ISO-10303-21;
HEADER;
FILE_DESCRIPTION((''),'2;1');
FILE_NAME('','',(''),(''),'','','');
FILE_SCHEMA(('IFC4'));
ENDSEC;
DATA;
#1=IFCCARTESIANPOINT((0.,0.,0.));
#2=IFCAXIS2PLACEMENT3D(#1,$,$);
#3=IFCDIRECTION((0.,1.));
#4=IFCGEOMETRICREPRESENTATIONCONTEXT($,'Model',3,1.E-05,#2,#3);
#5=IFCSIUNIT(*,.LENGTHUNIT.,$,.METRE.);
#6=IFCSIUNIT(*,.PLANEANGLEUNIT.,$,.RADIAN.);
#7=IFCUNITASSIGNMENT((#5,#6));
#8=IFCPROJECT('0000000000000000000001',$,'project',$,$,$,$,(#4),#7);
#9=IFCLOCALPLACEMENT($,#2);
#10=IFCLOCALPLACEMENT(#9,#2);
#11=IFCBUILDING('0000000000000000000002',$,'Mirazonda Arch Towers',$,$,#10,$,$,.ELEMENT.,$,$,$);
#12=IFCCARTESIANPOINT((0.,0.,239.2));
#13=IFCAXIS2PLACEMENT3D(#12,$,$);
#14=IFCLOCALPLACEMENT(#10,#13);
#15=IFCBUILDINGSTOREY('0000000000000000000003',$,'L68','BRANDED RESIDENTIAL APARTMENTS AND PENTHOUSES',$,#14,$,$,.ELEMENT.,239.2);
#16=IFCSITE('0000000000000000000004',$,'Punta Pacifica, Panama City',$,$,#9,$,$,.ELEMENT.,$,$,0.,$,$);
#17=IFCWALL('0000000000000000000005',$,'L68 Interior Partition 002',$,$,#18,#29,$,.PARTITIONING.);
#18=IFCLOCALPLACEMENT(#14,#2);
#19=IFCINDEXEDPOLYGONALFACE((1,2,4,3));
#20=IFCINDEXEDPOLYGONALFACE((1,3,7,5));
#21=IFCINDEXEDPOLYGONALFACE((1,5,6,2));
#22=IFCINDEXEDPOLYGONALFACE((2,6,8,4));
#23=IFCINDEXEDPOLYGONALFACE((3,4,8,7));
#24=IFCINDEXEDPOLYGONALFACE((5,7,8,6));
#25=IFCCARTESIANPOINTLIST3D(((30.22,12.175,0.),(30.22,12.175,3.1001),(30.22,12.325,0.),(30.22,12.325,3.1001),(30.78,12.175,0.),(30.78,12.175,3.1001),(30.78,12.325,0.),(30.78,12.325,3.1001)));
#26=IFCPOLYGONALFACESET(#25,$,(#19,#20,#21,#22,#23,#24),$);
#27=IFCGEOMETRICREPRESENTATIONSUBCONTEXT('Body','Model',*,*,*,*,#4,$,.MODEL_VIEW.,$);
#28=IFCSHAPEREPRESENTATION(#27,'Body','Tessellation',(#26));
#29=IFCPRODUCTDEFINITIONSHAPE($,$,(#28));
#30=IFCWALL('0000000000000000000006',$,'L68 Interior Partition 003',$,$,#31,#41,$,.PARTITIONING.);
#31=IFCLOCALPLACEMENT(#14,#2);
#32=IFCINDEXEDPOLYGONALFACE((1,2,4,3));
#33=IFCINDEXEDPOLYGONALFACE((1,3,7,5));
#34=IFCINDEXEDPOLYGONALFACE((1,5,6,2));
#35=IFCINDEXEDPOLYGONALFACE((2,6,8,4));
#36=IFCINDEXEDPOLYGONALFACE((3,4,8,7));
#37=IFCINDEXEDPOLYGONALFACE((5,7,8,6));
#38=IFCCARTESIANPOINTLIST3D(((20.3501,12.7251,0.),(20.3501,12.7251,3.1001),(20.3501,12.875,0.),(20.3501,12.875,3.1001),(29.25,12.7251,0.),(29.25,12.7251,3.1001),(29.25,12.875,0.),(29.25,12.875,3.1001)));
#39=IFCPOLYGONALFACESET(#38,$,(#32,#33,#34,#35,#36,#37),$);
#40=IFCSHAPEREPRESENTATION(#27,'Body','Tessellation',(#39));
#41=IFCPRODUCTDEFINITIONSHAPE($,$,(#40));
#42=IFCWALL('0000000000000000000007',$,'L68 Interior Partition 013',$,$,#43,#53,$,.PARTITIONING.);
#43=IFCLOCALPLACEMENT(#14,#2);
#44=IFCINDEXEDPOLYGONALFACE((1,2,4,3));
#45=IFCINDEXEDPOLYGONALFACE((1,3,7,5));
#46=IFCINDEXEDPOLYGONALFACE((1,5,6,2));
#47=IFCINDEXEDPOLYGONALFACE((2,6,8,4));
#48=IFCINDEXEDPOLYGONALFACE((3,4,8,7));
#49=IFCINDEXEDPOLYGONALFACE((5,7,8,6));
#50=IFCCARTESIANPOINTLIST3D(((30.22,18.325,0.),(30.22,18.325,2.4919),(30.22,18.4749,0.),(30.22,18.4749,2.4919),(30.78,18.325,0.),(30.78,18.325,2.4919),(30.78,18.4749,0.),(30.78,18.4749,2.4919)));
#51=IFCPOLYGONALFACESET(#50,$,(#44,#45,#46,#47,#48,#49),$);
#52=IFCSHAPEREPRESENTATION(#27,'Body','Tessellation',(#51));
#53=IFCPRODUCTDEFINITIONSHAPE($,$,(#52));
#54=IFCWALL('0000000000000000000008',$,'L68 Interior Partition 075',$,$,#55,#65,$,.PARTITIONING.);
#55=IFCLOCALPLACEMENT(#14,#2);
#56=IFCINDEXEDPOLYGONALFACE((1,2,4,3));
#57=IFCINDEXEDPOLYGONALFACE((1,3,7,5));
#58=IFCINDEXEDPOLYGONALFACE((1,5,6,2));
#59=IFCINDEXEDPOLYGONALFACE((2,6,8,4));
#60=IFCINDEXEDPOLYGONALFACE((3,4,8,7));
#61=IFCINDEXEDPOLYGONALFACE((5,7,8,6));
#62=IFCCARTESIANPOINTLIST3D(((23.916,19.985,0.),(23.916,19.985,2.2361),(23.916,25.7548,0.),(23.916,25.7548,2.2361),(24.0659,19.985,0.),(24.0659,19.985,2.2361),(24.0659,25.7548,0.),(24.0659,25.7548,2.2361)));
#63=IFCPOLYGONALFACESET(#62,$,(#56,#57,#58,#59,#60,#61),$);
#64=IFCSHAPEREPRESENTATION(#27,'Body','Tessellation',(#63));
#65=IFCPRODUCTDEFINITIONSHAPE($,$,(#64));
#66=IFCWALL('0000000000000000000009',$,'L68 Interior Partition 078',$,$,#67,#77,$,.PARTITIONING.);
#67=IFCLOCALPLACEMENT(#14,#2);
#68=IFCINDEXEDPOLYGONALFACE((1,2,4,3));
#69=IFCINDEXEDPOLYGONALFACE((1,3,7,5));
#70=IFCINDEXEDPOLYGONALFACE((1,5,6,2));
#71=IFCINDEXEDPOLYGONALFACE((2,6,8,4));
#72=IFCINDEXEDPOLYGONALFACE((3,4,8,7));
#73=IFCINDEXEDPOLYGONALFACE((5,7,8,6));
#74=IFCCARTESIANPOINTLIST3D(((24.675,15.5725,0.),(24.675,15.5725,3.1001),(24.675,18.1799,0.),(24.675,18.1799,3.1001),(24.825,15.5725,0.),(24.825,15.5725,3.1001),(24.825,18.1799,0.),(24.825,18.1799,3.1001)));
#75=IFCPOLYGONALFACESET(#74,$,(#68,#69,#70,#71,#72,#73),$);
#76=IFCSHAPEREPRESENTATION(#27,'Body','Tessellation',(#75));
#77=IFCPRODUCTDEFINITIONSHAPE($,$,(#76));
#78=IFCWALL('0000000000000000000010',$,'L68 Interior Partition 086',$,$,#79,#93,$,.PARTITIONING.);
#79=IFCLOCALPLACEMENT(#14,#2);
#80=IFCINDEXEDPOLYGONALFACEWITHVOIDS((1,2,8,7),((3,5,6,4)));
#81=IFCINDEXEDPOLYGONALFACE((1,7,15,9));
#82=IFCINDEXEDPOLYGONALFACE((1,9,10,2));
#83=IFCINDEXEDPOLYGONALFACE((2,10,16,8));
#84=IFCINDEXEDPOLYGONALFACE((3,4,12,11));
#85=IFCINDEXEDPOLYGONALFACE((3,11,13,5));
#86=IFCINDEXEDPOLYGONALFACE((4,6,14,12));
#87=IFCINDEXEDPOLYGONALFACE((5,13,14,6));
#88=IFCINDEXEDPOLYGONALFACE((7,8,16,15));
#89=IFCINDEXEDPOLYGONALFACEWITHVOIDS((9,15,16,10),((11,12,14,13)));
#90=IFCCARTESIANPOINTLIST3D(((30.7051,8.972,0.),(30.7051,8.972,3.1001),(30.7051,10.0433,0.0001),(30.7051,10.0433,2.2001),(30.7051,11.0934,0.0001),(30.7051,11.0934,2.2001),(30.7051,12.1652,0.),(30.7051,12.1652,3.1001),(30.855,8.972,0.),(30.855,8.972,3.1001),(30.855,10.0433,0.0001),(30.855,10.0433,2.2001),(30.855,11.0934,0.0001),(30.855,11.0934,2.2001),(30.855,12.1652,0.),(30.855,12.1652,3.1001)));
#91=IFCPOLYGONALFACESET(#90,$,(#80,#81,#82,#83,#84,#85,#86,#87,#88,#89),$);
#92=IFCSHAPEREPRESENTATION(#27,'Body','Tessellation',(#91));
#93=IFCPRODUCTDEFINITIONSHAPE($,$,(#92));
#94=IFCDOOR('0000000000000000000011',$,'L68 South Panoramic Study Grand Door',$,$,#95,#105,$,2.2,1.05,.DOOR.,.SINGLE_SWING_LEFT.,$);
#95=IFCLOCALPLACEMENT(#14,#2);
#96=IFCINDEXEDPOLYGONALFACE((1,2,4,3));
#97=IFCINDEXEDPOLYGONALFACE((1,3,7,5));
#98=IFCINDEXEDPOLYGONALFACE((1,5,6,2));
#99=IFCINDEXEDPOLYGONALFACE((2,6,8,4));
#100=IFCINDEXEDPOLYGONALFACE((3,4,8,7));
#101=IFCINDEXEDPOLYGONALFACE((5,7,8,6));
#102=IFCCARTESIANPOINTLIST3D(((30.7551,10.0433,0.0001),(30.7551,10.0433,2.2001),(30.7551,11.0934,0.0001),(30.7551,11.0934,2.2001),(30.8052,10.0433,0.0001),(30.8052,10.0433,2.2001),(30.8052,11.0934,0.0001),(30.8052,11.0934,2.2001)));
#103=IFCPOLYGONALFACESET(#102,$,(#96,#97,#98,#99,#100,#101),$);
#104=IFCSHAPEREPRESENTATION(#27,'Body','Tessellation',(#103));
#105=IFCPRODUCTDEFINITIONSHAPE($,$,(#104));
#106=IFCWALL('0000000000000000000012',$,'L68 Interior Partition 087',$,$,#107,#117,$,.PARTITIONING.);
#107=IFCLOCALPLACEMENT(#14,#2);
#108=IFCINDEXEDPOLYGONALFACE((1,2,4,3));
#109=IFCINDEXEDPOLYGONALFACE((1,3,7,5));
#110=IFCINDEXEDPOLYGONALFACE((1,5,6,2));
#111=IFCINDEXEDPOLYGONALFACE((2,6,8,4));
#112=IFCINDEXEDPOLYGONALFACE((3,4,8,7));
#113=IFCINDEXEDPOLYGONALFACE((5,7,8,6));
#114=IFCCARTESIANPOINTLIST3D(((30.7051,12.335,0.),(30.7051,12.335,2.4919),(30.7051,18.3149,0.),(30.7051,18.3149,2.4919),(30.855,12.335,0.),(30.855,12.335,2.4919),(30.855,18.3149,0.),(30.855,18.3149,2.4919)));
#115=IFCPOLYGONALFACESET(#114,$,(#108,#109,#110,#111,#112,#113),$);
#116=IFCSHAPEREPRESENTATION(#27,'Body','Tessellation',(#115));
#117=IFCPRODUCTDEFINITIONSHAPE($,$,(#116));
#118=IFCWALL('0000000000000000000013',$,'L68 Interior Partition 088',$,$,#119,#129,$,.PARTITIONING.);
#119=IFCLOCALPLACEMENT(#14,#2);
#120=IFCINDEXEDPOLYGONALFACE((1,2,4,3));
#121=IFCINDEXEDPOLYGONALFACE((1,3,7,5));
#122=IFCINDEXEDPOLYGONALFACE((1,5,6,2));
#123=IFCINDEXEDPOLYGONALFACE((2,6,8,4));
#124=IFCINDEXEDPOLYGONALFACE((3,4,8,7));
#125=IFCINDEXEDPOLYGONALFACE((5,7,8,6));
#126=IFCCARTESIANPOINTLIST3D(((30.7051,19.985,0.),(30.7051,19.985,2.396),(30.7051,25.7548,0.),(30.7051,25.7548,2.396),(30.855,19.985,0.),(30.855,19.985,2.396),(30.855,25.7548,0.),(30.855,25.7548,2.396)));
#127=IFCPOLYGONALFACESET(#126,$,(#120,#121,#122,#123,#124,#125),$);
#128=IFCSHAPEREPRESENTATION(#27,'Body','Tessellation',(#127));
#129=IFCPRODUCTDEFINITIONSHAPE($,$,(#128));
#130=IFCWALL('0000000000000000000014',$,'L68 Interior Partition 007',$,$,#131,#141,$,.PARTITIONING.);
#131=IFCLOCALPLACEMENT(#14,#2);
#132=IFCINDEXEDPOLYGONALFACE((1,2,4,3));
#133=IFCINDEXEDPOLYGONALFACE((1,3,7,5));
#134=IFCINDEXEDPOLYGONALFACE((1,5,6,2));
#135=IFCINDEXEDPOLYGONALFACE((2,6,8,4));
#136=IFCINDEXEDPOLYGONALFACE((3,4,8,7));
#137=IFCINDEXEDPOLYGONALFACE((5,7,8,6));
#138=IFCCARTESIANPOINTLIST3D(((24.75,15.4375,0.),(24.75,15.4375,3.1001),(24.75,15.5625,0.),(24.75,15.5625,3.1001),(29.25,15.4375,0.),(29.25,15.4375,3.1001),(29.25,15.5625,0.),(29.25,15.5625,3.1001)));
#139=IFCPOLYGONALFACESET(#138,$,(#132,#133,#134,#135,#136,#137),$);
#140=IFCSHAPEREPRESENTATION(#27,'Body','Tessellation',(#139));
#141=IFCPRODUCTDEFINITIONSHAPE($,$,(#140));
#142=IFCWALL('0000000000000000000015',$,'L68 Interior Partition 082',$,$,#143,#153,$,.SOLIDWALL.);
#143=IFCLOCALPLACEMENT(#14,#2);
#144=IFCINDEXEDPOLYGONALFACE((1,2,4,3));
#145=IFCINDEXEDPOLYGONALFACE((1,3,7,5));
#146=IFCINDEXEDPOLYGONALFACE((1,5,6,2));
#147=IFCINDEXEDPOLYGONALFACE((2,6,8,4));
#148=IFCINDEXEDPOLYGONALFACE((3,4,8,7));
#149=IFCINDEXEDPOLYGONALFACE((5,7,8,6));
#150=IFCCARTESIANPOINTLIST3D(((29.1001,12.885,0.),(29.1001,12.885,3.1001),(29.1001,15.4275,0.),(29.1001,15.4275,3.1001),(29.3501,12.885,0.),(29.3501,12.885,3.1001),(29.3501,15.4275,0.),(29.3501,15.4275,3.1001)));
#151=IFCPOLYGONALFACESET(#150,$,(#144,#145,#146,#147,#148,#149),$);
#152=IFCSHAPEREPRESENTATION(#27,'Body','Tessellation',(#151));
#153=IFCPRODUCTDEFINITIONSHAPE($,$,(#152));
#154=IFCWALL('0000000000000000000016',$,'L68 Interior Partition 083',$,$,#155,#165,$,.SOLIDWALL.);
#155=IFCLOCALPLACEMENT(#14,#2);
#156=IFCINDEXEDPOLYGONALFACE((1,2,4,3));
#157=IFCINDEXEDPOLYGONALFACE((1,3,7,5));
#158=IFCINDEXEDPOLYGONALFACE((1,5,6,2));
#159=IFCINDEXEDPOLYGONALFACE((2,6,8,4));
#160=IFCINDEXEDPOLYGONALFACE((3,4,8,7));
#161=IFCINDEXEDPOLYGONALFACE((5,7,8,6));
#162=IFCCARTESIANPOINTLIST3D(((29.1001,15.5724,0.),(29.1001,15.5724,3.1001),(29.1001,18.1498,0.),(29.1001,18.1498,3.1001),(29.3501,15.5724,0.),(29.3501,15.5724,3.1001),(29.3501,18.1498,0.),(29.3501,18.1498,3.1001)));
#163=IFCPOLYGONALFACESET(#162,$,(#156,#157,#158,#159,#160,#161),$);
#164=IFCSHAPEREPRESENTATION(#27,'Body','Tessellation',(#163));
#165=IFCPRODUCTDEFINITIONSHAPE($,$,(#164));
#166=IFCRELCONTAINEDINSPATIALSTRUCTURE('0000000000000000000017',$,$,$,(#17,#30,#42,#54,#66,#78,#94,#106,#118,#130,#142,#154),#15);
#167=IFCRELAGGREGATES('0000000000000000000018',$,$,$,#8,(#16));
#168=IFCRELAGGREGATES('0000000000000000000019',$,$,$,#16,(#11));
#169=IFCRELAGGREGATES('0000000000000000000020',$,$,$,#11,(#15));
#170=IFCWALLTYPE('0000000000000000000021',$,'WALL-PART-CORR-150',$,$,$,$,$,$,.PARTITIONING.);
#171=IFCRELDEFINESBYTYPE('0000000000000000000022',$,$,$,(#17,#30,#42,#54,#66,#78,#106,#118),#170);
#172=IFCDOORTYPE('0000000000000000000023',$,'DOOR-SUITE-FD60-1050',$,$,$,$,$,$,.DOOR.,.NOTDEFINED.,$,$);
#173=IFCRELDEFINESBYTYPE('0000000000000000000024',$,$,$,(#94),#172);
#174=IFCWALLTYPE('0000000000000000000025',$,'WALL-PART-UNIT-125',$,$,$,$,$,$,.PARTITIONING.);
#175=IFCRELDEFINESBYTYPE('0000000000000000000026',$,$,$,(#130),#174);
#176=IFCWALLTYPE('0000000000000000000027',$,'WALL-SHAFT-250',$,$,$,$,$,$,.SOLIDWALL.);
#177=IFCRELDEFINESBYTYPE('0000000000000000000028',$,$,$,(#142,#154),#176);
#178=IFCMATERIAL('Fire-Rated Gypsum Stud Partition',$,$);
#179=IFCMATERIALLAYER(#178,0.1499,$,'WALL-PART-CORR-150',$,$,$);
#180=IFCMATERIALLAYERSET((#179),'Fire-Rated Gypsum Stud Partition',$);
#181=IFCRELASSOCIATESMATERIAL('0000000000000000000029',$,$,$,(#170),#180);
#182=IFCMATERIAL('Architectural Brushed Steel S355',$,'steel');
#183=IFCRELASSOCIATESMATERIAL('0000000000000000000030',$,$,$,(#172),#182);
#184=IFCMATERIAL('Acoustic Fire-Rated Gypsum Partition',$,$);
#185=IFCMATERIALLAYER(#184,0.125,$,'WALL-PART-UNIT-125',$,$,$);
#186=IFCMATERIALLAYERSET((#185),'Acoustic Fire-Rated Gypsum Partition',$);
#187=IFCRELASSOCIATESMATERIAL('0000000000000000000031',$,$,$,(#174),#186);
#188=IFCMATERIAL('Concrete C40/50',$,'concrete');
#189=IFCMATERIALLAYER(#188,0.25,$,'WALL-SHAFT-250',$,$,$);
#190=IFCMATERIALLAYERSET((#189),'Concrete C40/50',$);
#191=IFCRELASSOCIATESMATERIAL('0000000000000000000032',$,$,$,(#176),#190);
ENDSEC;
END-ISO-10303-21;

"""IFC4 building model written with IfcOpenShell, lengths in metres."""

from ifc_helpers import new_model, si_unit, direction, frame, frame_2d, origin, place, context, subcontext, project, spatial, rectangle, extrude, material, layer, layer_set, type_object, element, fill, save


model = new_model("IFC4")

# Units and contexts
model_context = context("Model", 3, precision=1e-05, world=origin(), true_north=direction((0.0, 1.0)))
body_context = subcontext(model_context, "Body", "Model", "MODEL_VIEW")
ifc_project = project(units=[si_unit("LENGTHUNIT", "METRE"), si_unit("PLANEANGLEUNIT", "RADIAN")], contexts=[model_context])

# Site, building, storey
site_placement = place(None, origin())
site = spatial("IfcSite", under=ifc_project, at=site_placement, Name="Punta Pacifica, Panama City", CompositionType="ELEMENT", RefElevation=0.0)
building_placement = place(site_placement, origin())
building = spatial("IfcBuilding", under=site, at=building_placement, Name="Mirazonda Arch Towers", CompositionType="ELEMENT")
storey_placement = place(building_placement, frame((0.0, 0.0, 239.2)))
storey = spatial("IfcBuildingStorey", under=building, at=storey_placement, Name="L68", Description="BRANDED RESIDENTIAL APARTMENTS AND PENTHOUSES", CompositionType="ELEMENT", Elevation=239.2)

# Walls
ifc_material_1 = material(Name="Concrete C40/50", Category="concrete")
ifc_material_2 = material(Name="Fire-Rated Gypsum Stud Partition")
ifc_layer_1 = layer(ifc_material_2, 0.1499, Name="WALL-PART-CORR-150")
ifc_layer_set_1 = layer_set([ifc_layer_1], Name="Fire-Rated Gypsum Stud Partition")
wall_type_1 = type_object("IfcWallType", Name="WALL-PART-CORR-150", PredefinedType="PARTITIONING", material=ifc_layer_set_1)
wall_1_placement = place(storey_placement, frame((30.22, 12.25, 0.0), z_axis=(0.0, 0.0, 1.0), x_axis=(1.0, 0.0, 0.0)))
element("IfcWall", 1, at=wall_1_placement, inside=storey, type_object=wall_type_1, Name="L68 Interior Partition 002", PredefinedType="PARTITIONING", context=body_context, shape_type="SweptSolid", body=[
    extrude(rectangle(XDim=0.5601, YDim=0.1499, at=frame_2d((0.28, 0.0))), origin(), (0.0, 0.0, 1.0), 3.1001),
])
wall_2_placement = place(storey_placement, frame((20.3501, 12.8, 0.0), z_axis=(0.0, 0.0, 1.0), x_axis=(1.0, 0.0, 0.0)))
element("IfcWall", 2, at=wall_2_placement, inside=storey, type_object=wall_type_1, Name="L68 Interior Partition 003", PredefinedType="PARTITIONING", context=body_context, shape_type="SweptSolid", body=[
    extrude(rectangle(XDim=8.8999, YDim=0.1499, at=frame_2d((4.45, 0.0))), origin(), (0.0, 0.0, 1.0), 3.1001),
])
wall_3_placement = place(storey_placement, frame((30.22, 18.3999, 0.0), z_axis=(0.0, 0.0, 1.0), x_axis=(1.0, 0.0, 0.0)))
element("IfcWall", 3, at=wall_3_placement, inside=storey, type_object=wall_type_1, Name="L68 Interior Partition 013", PredefinedType="PARTITIONING", context=body_context, shape_type="SweptSolid", body=[
    extrude(rectangle(XDim=0.5601, YDim=0.1499, at=frame_2d((0.28, 0.0))), origin(), (0.0, 0.0, 1.0), 2.4919),
])
wall_4_placement = place(storey_placement, frame((23.991, 19.9851, 0.0), z_axis=(0.0, 0.0, 1.0), x_axis=(0.0, 1.0, 0.0)))
element("IfcWall", 4, at=wall_4_placement, inside=storey, type_object=wall_type_1, Name="L68 Interior Partition 075", PredefinedType="PARTITIONING", context=body_context, shape_type="SweptSolid", body=[
    extrude(rectangle(XDim=5.7698, YDim=0.1499, at=frame_2d((2.8848, 0.0))), origin(), (0.0, 0.0, 1.0), 2.2361),
])

# Shared definitions
ifc_material_3 = material(Name="Architectural Brushed Steel S355", Category="steel")

# Wall
wall_5_placement = place(storey_placement, frame((24.75, 15.5725, 0.0), z_axis=(0.0, 0.0, 1.0), x_axis=(0.0, 1.0, 0.0)))
element("IfcWall", 5, at=wall_5_placement, inside=storey, type_object=wall_type_1, Name="L68 Interior Partition 078", PredefinedType="PARTITIONING", context=body_context, shape_type="SweptSolid", body=[
    extrude(rectangle(XDim=2.6074, YDim=0.1499, at=frame_2d((1.3037, 0.0))), origin(), (0.0, 0.0, 1.0), 3.1001),
])

# Wall, opening, door
wall_6_placement = place(storey_placement, frame((30.78, 8.9719, 0.0), z_axis=(0.0, 0.0, 1.0), x_axis=(0.0, 1.0, 0.0)))
wall_6 = element("IfcWall", 6, at=wall_6_placement, inside=storey, type_object=wall_type_1, Name="L68 Interior Partition 086", PredefinedType="PARTITIONING", context=body_context, shape_type="SweptSolid", body=[
    extrude(rectangle(XDim=3.1931, YDim=0.1499, at=frame_2d((1.5967, 0.0))), origin(), (0.0, 0.0, 1.0), 3.1001),
])
opening_1_placement = place(wall_6_placement, frame((1.0715, 0.0, 0.0)))
opening_1 = element("IfcOpeningElement", 7, at=opening_1_placement, cuts=wall_6, PredefinedType="OPENING", context=body_context, shape_type="SweptSolid", body=[
    extrude(rectangle(XDim=1.05, YDim=2.2, at=frame_2d((0.5249, 1.1001))), frame((0.0, 0.085, 0.0), z_axis=(0.0, -1.0, 0.0), x_axis=(1.0, 0.0, 0.0)), (0.0, 0.0, 1.0), 0.1699),
])
door_type_1 = type_object("IfcDoorType", Name="DOOR-SUITE-FD60-1050", OperationType="NOTDEFINED", PredefinedType="DOOR", material=ifc_material_3)
door_1_placement = place(opening_1_placement, origin())
door_1 = element("IfcDoor", 8, at=door_1_placement, inside=storey, type_object=door_type_1, Name="L68 South Panoramic Study Grand Door", OperationType="SINGLE_SWING_LEFT", OverallHeight=2.2, OverallWidth=1.05, PredefinedType="DOOR", context=body_context, shape_type="SweptSolid", body=[
    extrude(rectangle(XDim=1.05, YDim=2.2, at=frame_2d((0.5249, 1.1001))), frame((0.0, 0.0249, 0.0), z_axis=(0.0, -1.0, 0.0), x_axis=(1.0, 0.0, 0.0)), (0.0, 0.0, 1.0), 0.05),
])
fill(opening_1, door_1)

# Walls
wall_7_placement = place(storey_placement, frame((30.78, 12.335, 0.0), z_axis=(0.0, 0.0, 1.0), x_axis=(0.0, 1.0, 0.0)))
element("IfcWall", 9, at=wall_7_placement, inside=storey, type_object=wall_type_1, Name="L68 Interior Partition 087", PredefinedType="PARTITIONING", context=body_context, shape_type="SweptSolid", body=[
    extrude(rectangle(XDim=5.98, YDim=0.1499, at=frame_2d((2.99, 0.0))), origin(), (0.0, 0.0, 1.0), 2.4919),
])
wall_8_placement = place(storey_placement, frame((30.78, 19.9851, 0.0), z_axis=(0.0, 0.0, 1.0), x_axis=(0.0, 1.0, 0.0)))
element("IfcWall", 10, at=wall_8_placement, inside=storey, type_object=wall_type_1, Name="L68 Interior Partition 088", PredefinedType="PARTITIONING", context=body_context, shape_type="SweptSolid", body=[
    extrude(rectangle(XDim=5.7698, YDim=0.1499, at=frame_2d((2.8848, 0.0))), origin(), (0.0, 0.0, 1.0), 2.396),
])
ifc_material_4 = material(Name="Acoustic Fire-Rated Gypsum Partition")
ifc_layer_2 = layer(ifc_material_4, 0.125, Name="WALL-PART-UNIT-125")
ifc_layer_set_2 = layer_set([ifc_layer_2], Name="Acoustic Fire-Rated Gypsum Partition")
wall_type_2 = type_object("IfcWallType", Name="WALL-PART-UNIT-125", PredefinedType="PARTITIONING", material=ifc_layer_set_2)
wall_9_placement = place(storey_placement, frame((24.75, 15.5, 0.0), z_axis=(0.0, 0.0, 1.0), x_axis=(1.0, 0.0, 0.0)))
element("IfcWall", 11, at=wall_9_placement, inside=storey, type_object=wall_type_2, Name="L68 Interior Partition 007", PredefinedType="PARTITIONING", context=body_context, shape_type="SweptSolid", body=[
    extrude(rectangle(XDim=4.5, YDim=0.125, at=frame_2d((2.25, 0.0))), origin(), (0.0, 0.0, 1.0), 3.1001),
])
ifc_layer_3 = layer(ifc_material_1, 0.25, Name="WALL-SHAFT-250")
ifc_layer_set_3 = layer_set([ifc_layer_3], Name="Concrete C40/50")
wall_type_3 = type_object("IfcWallType", Name="WALL-SHAFT-250", PredefinedType="SOLIDWALL", material=ifc_layer_set_3)
wall_10_placement = place(storey_placement, frame((29.2251, 12.885, 0.0), z_axis=(0.0, 0.0, 1.0), x_axis=(0.0, 1.0, 0.0)))
element("IfcWall", 12, at=wall_10_placement, inside=storey, type_object=wall_type_3, Name="L68 Interior Partition 082", PredefinedType="SOLIDWALL", context=body_context, shape_type="SweptSolid", body=[
    extrude(rectangle(XDim=2.5425, YDim=0.25, at=frame_2d((1.2712, 0.0))), origin(), (0.0, 0.0, 1.0), 3.1001),
])
wall_11_placement = place(storey_placement, frame((29.2251, 15.5725, 0.0), z_axis=(0.0, 0.0, 1.0), x_axis=(0.0, 1.0, 0.0)))
element("IfcWall", 13, at=wall_11_placement, inside=storey, type_object=wall_type_3, Name="L68 Interior Partition 083", PredefinedType="SOLIDWALL", context=body_context, shape_type="SweptSolid", body=[
    extrude(rectangle(XDim=2.5774, YDim=0.25, at=frame_2d((1.2886, 0.0))), origin(), (0.0, 0.0, 1.0), 3.1001),
])

save(model, "model.ifc")
